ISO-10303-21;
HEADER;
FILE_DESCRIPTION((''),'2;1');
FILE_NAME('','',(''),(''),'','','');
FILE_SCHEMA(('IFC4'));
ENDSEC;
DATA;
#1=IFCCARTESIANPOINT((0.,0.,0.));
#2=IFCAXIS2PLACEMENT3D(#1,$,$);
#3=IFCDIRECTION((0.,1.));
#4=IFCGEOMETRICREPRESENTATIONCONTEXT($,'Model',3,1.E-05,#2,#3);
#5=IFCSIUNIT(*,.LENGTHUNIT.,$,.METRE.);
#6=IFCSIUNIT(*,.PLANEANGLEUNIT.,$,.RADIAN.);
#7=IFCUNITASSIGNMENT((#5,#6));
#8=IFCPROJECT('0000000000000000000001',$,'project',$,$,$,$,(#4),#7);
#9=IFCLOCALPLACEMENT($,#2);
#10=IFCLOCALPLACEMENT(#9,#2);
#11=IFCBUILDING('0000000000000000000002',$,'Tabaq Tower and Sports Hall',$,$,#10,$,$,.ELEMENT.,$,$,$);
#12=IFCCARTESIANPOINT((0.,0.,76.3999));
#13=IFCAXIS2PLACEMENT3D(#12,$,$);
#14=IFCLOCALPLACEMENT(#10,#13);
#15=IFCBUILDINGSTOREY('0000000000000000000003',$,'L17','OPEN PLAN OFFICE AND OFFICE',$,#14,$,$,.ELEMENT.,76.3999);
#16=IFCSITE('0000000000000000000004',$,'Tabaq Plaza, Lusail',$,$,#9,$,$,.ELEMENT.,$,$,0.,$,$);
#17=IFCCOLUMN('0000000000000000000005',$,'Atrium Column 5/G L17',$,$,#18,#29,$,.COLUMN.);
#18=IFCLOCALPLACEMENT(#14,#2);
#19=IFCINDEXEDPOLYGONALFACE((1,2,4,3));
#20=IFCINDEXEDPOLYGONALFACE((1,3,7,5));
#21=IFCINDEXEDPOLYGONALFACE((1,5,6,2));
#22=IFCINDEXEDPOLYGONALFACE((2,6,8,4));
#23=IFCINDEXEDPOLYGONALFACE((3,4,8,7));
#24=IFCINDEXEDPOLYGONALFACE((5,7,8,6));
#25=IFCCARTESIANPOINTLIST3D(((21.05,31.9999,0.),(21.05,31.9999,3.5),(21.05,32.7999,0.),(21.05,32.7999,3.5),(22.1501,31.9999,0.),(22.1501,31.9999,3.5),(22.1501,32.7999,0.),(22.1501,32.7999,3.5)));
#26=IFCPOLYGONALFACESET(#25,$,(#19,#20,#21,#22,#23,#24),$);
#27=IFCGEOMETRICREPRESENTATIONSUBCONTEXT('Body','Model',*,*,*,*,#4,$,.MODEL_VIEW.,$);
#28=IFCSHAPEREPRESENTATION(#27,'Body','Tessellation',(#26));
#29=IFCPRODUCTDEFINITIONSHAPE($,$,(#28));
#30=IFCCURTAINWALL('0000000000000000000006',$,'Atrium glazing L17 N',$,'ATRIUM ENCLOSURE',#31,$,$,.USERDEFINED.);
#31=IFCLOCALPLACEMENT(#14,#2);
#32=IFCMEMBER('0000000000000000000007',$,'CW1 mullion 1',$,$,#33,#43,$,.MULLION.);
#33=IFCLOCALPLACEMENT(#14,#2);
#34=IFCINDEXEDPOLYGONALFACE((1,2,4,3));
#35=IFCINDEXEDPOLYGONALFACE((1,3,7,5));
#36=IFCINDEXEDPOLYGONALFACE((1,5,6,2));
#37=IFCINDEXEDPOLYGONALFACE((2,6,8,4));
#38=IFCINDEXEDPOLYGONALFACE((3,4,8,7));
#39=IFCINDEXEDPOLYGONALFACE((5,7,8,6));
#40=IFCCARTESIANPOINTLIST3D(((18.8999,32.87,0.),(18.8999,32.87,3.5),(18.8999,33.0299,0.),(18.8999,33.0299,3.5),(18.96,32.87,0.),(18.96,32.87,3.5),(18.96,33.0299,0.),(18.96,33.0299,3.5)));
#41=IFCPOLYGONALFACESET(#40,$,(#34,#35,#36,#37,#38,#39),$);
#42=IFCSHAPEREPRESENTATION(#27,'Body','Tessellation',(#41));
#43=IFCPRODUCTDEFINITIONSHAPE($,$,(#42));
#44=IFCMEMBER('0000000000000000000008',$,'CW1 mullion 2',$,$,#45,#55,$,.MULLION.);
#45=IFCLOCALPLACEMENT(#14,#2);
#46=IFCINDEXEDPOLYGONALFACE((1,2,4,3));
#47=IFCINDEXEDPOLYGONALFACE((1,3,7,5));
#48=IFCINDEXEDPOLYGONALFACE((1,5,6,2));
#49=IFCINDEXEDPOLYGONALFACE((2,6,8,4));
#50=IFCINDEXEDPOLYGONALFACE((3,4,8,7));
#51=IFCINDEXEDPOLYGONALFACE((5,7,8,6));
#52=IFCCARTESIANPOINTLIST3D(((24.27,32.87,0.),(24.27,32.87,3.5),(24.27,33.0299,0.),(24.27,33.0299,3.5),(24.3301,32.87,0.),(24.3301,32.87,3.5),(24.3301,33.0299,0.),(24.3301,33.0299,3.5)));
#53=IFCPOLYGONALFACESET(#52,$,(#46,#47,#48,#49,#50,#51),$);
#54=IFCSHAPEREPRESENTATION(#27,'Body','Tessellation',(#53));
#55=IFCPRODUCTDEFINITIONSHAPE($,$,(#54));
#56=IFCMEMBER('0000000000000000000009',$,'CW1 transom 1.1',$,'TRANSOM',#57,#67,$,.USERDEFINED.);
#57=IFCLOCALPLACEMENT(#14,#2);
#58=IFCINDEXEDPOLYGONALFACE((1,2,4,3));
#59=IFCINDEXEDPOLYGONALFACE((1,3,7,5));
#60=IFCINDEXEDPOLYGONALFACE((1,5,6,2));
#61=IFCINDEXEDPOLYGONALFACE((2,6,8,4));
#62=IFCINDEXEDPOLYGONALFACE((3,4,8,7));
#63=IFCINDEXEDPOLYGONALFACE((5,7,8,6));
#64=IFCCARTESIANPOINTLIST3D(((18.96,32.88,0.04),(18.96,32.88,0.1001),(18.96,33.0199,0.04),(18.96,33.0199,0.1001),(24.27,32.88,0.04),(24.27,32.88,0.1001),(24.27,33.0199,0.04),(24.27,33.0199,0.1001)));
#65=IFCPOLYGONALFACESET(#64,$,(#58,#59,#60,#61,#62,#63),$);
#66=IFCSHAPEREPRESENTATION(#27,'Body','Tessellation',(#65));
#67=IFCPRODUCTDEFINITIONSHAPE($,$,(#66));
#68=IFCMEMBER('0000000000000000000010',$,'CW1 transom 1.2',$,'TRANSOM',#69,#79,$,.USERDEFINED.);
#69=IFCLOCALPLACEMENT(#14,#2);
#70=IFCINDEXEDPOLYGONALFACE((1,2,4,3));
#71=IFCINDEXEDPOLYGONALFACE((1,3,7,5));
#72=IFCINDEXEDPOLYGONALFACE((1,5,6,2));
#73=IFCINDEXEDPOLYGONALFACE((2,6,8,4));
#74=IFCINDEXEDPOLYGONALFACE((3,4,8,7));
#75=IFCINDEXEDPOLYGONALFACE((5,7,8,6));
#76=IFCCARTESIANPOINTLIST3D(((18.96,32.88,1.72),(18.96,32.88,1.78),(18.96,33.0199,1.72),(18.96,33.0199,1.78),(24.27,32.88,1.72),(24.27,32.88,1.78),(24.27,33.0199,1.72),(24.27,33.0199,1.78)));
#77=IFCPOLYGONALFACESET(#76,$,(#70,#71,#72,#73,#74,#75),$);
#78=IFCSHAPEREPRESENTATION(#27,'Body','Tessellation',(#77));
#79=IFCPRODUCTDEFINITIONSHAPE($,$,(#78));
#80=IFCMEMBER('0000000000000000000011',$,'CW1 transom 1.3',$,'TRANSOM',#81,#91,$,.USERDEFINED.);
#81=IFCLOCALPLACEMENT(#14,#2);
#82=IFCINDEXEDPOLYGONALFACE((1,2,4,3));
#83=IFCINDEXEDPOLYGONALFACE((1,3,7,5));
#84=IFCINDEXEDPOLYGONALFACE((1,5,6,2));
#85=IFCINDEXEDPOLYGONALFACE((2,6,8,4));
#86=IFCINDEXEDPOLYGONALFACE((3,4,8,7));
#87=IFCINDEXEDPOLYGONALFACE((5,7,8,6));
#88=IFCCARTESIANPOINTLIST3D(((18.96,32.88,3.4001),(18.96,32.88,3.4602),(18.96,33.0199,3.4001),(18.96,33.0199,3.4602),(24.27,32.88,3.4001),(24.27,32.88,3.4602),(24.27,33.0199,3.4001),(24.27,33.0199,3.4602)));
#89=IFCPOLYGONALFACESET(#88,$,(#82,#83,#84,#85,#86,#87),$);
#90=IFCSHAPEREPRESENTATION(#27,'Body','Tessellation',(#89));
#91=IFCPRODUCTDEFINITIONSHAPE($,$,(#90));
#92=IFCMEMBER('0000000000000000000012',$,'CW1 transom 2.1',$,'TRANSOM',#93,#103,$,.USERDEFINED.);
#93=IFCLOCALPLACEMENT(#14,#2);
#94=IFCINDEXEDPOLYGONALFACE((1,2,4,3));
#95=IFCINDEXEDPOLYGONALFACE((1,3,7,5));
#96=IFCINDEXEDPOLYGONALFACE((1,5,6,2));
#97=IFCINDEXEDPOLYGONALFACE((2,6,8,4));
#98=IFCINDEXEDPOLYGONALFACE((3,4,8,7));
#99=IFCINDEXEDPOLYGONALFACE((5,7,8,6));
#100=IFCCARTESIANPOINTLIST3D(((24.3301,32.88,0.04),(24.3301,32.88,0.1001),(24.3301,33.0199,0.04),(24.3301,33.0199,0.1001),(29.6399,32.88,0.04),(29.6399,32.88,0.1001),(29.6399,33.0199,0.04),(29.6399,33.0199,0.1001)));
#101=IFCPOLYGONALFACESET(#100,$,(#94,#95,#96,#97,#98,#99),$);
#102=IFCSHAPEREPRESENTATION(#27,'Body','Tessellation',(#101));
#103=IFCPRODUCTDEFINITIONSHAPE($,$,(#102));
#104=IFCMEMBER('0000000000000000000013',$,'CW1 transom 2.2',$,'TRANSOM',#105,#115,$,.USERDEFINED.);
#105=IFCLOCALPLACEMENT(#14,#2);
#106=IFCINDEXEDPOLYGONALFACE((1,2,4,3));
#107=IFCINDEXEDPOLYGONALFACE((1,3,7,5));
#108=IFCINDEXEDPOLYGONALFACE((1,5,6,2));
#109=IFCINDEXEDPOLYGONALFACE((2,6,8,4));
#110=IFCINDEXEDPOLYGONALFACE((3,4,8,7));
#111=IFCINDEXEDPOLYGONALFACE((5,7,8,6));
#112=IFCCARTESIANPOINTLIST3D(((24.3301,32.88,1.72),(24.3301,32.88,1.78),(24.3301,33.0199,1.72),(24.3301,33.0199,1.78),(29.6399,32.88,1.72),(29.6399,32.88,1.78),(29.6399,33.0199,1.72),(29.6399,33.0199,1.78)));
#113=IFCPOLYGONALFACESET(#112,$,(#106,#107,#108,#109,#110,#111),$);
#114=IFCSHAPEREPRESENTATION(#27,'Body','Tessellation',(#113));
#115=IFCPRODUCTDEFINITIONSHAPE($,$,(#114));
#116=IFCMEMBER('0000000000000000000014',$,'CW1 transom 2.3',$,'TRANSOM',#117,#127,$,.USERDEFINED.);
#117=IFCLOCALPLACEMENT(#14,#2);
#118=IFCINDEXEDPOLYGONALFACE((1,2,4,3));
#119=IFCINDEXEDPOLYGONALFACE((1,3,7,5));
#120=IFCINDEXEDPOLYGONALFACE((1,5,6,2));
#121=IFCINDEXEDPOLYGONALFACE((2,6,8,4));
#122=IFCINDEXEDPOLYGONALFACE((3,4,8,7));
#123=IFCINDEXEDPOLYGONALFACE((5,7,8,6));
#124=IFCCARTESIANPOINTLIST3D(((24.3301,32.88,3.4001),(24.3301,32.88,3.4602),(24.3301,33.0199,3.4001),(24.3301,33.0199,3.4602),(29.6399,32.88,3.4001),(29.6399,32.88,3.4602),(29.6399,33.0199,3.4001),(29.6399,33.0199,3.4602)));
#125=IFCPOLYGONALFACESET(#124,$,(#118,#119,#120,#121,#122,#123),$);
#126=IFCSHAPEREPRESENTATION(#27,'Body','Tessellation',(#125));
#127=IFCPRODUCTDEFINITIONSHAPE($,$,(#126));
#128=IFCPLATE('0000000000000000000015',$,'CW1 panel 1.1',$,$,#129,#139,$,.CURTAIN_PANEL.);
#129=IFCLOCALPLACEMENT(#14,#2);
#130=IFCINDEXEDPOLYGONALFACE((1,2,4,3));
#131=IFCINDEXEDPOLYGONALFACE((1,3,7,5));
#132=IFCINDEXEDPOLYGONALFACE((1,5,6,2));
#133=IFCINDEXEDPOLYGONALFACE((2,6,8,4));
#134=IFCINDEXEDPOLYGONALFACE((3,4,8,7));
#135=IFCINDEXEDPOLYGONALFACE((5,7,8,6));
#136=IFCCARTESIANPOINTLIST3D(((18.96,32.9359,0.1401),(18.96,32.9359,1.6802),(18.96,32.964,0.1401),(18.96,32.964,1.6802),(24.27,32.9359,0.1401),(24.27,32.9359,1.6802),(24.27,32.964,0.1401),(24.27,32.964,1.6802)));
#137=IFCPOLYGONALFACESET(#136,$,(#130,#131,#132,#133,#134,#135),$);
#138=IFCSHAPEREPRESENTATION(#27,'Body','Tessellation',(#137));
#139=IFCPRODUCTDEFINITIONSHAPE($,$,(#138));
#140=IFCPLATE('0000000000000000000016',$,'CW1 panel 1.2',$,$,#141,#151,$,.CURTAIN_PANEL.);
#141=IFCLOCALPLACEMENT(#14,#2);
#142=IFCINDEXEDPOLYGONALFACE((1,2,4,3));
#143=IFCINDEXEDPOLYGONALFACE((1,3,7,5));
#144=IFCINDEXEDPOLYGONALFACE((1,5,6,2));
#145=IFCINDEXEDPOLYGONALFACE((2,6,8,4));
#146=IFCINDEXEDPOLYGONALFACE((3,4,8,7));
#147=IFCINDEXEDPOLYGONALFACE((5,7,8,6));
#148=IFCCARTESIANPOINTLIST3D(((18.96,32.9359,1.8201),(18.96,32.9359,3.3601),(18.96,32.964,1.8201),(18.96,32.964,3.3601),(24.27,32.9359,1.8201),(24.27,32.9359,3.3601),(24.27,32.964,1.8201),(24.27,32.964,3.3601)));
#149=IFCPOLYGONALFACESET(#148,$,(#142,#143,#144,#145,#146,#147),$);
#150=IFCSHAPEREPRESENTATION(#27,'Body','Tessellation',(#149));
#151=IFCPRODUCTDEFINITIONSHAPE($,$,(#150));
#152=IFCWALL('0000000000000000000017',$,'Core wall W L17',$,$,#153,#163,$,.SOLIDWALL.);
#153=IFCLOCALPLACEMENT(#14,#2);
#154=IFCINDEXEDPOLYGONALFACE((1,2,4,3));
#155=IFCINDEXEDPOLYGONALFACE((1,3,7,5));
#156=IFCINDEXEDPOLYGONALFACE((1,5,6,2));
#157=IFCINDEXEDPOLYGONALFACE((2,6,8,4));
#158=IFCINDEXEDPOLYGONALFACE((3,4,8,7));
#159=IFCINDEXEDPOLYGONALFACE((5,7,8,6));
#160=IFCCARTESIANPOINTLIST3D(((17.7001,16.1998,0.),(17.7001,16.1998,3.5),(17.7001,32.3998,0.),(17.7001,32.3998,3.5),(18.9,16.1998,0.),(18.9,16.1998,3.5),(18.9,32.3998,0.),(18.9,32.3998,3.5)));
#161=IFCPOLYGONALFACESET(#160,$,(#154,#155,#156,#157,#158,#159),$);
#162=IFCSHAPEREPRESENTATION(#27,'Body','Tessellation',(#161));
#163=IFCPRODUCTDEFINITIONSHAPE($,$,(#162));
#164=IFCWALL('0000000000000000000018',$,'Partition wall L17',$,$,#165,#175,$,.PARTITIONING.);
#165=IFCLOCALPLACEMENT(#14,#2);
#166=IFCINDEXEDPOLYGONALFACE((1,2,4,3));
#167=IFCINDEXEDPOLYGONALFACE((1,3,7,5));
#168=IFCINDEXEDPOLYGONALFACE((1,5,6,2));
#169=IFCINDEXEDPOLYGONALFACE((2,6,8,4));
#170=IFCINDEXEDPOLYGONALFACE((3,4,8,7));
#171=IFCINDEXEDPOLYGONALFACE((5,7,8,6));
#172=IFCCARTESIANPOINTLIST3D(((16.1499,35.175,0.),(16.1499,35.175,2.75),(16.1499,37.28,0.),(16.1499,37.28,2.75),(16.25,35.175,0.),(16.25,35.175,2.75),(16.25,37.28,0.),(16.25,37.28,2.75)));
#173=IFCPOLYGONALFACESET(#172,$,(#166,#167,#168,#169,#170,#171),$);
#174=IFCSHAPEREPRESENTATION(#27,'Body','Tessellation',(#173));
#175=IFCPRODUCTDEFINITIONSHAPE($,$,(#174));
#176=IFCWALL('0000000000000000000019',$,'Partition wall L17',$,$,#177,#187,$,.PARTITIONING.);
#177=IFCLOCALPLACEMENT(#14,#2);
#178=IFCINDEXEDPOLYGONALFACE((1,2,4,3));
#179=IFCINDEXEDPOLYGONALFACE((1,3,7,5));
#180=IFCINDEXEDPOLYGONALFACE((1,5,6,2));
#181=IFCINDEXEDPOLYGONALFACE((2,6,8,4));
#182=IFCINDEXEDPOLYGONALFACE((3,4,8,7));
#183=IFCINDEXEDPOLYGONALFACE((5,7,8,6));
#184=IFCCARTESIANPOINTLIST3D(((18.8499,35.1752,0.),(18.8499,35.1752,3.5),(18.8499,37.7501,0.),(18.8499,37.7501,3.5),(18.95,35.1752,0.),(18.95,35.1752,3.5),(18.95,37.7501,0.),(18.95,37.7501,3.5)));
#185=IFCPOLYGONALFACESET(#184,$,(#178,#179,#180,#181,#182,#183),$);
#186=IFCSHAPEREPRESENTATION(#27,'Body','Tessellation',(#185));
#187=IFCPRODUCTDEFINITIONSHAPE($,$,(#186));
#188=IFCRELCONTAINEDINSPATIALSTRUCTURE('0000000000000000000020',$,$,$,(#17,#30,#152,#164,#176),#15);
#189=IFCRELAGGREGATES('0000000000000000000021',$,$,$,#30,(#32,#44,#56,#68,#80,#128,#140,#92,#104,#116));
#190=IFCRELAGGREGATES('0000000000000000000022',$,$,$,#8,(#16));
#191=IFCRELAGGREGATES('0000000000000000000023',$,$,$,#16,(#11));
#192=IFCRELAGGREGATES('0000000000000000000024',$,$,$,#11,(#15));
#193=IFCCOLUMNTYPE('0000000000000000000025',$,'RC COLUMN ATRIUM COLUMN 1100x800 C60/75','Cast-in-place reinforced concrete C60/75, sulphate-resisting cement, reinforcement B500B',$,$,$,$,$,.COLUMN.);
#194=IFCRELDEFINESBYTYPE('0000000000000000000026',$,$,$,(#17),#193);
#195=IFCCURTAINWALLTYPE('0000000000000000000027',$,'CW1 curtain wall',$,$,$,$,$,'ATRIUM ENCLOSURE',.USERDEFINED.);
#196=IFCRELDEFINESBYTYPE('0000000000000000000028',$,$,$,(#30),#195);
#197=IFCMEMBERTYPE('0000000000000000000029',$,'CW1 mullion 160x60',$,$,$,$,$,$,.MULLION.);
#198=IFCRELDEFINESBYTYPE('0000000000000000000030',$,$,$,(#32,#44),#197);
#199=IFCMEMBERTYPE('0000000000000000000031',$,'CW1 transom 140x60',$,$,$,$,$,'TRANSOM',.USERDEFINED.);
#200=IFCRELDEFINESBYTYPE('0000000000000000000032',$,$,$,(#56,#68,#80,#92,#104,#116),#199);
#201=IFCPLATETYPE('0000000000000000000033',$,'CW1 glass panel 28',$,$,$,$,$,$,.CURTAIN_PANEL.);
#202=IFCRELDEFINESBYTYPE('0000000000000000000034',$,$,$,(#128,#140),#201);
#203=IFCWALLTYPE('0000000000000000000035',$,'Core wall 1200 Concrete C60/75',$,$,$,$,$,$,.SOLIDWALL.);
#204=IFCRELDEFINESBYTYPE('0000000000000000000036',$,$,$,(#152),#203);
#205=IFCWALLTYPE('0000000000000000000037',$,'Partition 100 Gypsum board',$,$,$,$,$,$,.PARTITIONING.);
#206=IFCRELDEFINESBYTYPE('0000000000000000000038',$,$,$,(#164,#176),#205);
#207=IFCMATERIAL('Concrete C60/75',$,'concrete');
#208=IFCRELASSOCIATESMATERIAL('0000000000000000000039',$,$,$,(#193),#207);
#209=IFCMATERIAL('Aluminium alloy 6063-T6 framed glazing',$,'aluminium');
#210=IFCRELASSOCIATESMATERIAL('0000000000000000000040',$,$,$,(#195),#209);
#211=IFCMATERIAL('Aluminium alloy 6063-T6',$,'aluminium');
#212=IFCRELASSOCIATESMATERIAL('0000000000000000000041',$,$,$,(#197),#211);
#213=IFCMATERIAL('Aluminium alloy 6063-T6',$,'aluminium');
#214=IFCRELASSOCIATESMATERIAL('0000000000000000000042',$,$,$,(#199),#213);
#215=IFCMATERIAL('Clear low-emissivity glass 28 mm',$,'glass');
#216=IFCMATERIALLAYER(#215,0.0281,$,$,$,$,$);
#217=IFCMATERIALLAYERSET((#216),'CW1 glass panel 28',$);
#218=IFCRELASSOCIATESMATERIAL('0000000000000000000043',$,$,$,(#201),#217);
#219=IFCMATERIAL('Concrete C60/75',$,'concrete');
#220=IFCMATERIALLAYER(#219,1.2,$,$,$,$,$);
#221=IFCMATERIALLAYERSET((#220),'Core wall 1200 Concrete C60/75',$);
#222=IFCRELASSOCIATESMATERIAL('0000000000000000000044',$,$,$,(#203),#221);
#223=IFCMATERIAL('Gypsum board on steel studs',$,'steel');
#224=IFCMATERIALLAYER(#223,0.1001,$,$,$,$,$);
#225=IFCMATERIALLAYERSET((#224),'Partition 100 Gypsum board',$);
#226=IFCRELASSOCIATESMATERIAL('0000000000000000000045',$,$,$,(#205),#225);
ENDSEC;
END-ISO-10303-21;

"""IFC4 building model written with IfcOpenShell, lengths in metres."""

from ifc_helpers import new_model, si_unit, direction, frame, frame_2d, origin, origin_2d, place, context, subcontext, project, spatial, rectangle, extrude, material, layer, layer_set, material_profile, profile_set, type_object, element, aggregate, save


model = new_model("IFC4")

# Units and contexts
model_context = context("Model", 3, precision=1e-05, world=origin(), true_north=direction((0.0, 1.0)))
body_context = subcontext(model_context, "Body", "Model", "MODEL_VIEW")
ifc_project = project(units=[si_unit("LENGTHUNIT", "METRE"), si_unit("PLANEANGLEUNIT", "RADIAN")], contexts=[model_context])

# Site, building, storey
site_placement = place(None, origin())
site = spatial("IfcSite", under=ifc_project, at=site_placement, Name="Tabaq Plaza, Lusail", CompositionType="ELEMENT", RefElevation=0.0)
building_placement = place(site_placement, origin())
building = spatial("IfcBuilding", under=site, at=building_placement, Name="Tabaq Tower and Sports Hall", CompositionType="ELEMENT")
storey_placement = place(building_placement, frame((0.0, 0.0, 76.3999)))
storey = spatial("IfcBuildingStorey", under=building, at=storey_placement, Name="L17", Description="OPEN PLAN OFFICE AND OFFICE", CompositionType="ELEMENT", Elevation=76.3999)

# Column
ifc_material_1 = material(Name="Concrete C60/75", Category="concrete")
ifc_material_profile_1 = material_profile(ifc_material_1, rectangle(XDim=1.1001, YDim=0.8, at=origin_2d()), Name="ATRIUM COLUMN 1100x800")
ifc_profile_set_1 = profile_set([ifc_material_profile_1], Name="Concrete C60/75")
column_type = type_object("IfcColumnType", Name="RC COLUMN ATRIUM COLUMN 1100x800 C60/75", Description="Cast-in-place reinforced concrete C60/75, sulphate-resisting cement, reinforcement B500B", PredefinedType="COLUMN", material=ifc_profile_set_1)
column_placement = place(storey_placement, frame((21.6001, 32.3999, 0.0), z_axis=(0.0, 0.0, 1.0), x_axis=(1.0, 0.0, 0.0)))
element("IfcColumn", 1, at=column_placement, inside=storey, type_object=column_type, Name="Atrium Column 5/G L17", PredefinedType="COLUMN", context=body_context, shape_type="SweptSolid", body=[
    extrude(rectangle(XDim=1.1001, YDim=0.8, at=origin_2d()), origin(), (0.0, 0.0, 1.0), 3.5),
])

# Curtain wall, members, plates
ifc_material_2 = material(Name="Aluminium alloy 6063-T6 framed glazing", Category="aluminium")
curtain_wall_type = type_object("IfcCurtainWallType", Name="CW1 curtain wall", ElementType="ATRIUM ENCLOSURE", PredefinedType="USERDEFINED", material=ifc_material_2)
curtain_wall_placement = place(storey_placement, origin())
curtain_wall = element("IfcCurtainWall", 2, at=curtain_wall_placement, inside=storey, type_object=curtain_wall_type, Name="Atrium glazing L17 N", ObjectType="ATRIUM ENCLOSURE", PredefinedType="USERDEFINED")
ifc_material_3 = material(Name="Aluminium alloy 6063-T6", Category="aluminium")
ifc_material_profile_2 = material_profile(ifc_material_3, rectangle(XDim=0.1599, YDim=0.0601, at=origin_2d()), Name="MULLION 160x60")
ifc_profile_set_2 = profile_set([ifc_material_profile_2], Name="Aluminium alloy 6063-T6")
member_type_1 = type_object("IfcMemberType", Name="CW1 mullion 160x60", PredefinedType="MULLION", material=ifc_profile_set_2)
member_1_placement = place(storey_placement, frame((18.9299, 32.95, 0.0), z_axis=(0.0, 0.0, 1.0), x_axis=(0.0, 1.0, 0.0)))
member_1 = element("IfcMember", 3, at=member_1_placement, type_object=member_type_1, Name="CW1 mullion 1", PredefinedType="MULLION", context=body_context, shape_type="SweptSolid", body=[
    extrude(rectangle(XDim=0.1599, YDim=0.0601, at=origin_2d()), origin(), (0.0, 0.0, 1.0), 3.5),
])
member_2_placement = place(storey_placement, frame((24.3, 32.95, 0.0), z_axis=(0.0, 0.0, 1.0), x_axis=(0.0, 1.0, 0.0)))
member_2 = element("IfcMember", 4, at=member_2_placement, type_object=member_type_1, Name="CW1 mullion 2", PredefinedType="MULLION", context=body_context, shape_type="SweptSolid", body=[
    extrude(rectangle(XDim=0.1599, YDim=0.0601, at=origin_2d()), origin(), (0.0, 0.0, 1.0), 3.5),
])
ifc_material_4 = material(Name="Aluminium alloy 6063-T6", Category="aluminium")
ifc_material_profile_3 = material_profile(ifc_material_4, rectangle(XDim=0.1399, YDim=0.0601, at=origin_2d()), Name="TRANSOM 140x60")
ifc_profile_set_3 = profile_set([ifc_material_profile_3], Name="Aluminium alloy 6063-T6")
member_type_2 = type_object("IfcMemberType", Name="CW1 transom 140x60", ElementType="TRANSOM", PredefinedType="USERDEFINED", material=ifc_profile_set_3)
member_3_placement = place(storey_placement, frame((18.96, 32.95, 0.0701), z_axis=(1.0, 0.0, 0.0), x_axis=(0.0, 1.0, 0.0)))
member_3 = element("IfcMember", 5, at=member_3_placement, type_object=member_type_2, Name="CW1 transom 1.1", ObjectType="TRANSOM", PredefinedType="USERDEFINED", context=body_context, shape_type="SweptSolid", body=[
    extrude(rectangle(XDim=0.1399, YDim=0.0601, at=origin_2d()), origin(), (0.0, 0.0, 1.0), 5.3101),
])
member_4_placement = place(storey_placement, frame((18.96, 32.95, 1.75), z_axis=(1.0, 0.0, 0.0), x_axis=(0.0, 1.0, 0.0)))
member_4 = element("IfcMember", 6, at=member_4_placement, type_object=member_type_2, Name="CW1 transom 1.2", ObjectType="TRANSOM", PredefinedType="USERDEFINED", context=body_context, shape_type="SweptSolid", body=[
    extrude(rectangle(XDim=0.1399, YDim=0.0601, at=origin_2d()), origin(), (0.0, 0.0, 1.0), 5.3101),
])
member_5_placement = place(storey_placement, frame((18.96, 32.95, 3.4302), z_axis=(1.0, 0.0, 0.0), x_axis=(0.0, 1.0, 0.0)))
member_5 = element("IfcMember", 7, at=member_5_placement, type_object=member_type_2, Name="CW1 transom 1.3", ObjectType="TRANSOM", PredefinedType="USERDEFINED", context=body_context, shape_type="SweptSolid", body=[
    extrude(rectangle(XDim=0.1399, YDim=0.0601, at=origin_2d()), origin(), (0.0, 0.0, 1.0), 5.3101),
])
member_6_placement = place(storey_placement, frame((24.3301, 32.95, 0.0701), z_axis=(1.0, 0.0, 0.0), x_axis=(0.0, 1.0, 0.0)))
member_6 = element("IfcMember", 8, at=member_6_placement, type_object=member_type_2, Name="CW1 transom 2.1", ObjectType="TRANSOM", PredefinedType="USERDEFINED", context=body_context, shape_type="SweptSolid", body=[
    extrude(rectangle(XDim=0.1399, YDim=0.0601, at=origin_2d()), origin(), (0.0, 0.0, 1.0), 5.3098),
])
member_7_placement = place(storey_placement, frame((24.3301, 32.95, 1.75), z_axis=(1.0, 0.0, 0.0), x_axis=(0.0, 1.0, 0.0)))
member_7 = element("IfcMember", 9, at=member_7_placement, type_object=member_type_2, Name="CW1 transom 2.2", ObjectType="TRANSOM", PredefinedType="USERDEFINED", context=body_context, shape_type="SweptSolid", body=[
    extrude(rectangle(XDim=0.1399, YDim=0.0601, at=origin_2d()), origin(), (0.0, 0.0, 1.0), 5.3098),
])
member_8_placement = place(storey_placement, frame((24.3301, 32.95, 3.4302), z_axis=(1.0, 0.0, 0.0), x_axis=(0.0, 1.0, 0.0)))
member_8 = element("IfcMember", 10, at=member_8_placement, type_object=member_type_2, Name="CW1 transom 2.3", ObjectType="TRANSOM", PredefinedType="USERDEFINED", context=body_context, shape_type="SweptSolid", body=[
    extrude(rectangle(XDim=0.1399, YDim=0.0601, at=origin_2d()), origin(), (0.0, 0.0, 1.0), 5.3098),
])
ifc_material_5 = material(Name="Clear low-emissivity glass 28 mm", Category="glass")
ifc_layer_1 = layer(ifc_material_5, 0.0281)
ifc_layer_set_1 = layer_set([ifc_layer_1], Name="CW1 glass panel 28")
plate_type = type_object("IfcPlateType", Name="CW1 glass panel 28", PredefinedType="CURTAIN_PANEL", material=ifc_layer_set_1)
plate_1_placement = place(storey_placement, frame((21.615, 32.95, 0.1401), z_axis=(0.0, 0.0, 1.0), x_axis=(1.0, 0.0, 0.0)))
plate_1 = element("IfcPlate", 11, at=plate_1_placement, type_object=plate_type, Name="CW1 panel 1.1", PredefinedType="CURTAIN_PANEL", context=body_context, shape_type="SweptSolid", body=[
    extrude(rectangle(XDim=5.3101, YDim=0.0281, at=origin_2d()), origin(), (0.0, 0.0, 1.0), 1.54),
])
plate_2_placement = place(storey_placement, frame((21.615, 32.95, 1.8201), z_axis=(0.0, 0.0, 1.0), x_axis=(1.0, 0.0, 0.0)))
plate_2 = element("IfcPlate", 12, at=plate_2_placement, type_object=plate_type, Name="CW1 panel 1.2", PredefinedType="CURTAIN_PANEL", context=body_context, shape_type="SweptSolid", body=[
    extrude(rectangle(XDim=5.3101, YDim=0.0281, at=origin_2d()), origin(), (0.0, 0.0, 1.0), 1.54),
])
aggregate(curtain_wall, [member_1, member_2, member_3, member_4, member_5, plate_1, plate_2, member_6, member_7, member_8])

# Walls
ifc_material_6 = material(Name="Concrete C60/75", Category="concrete")
ifc_layer_2 = layer(ifc_material_6, 1.2)
ifc_layer_set_2 = layer_set([ifc_layer_2], Name="Core wall 1200 Concrete C60/75")
wall_type_1 = type_object("IfcWallType", Name="Core wall 1200 Concrete C60/75", PredefinedType="SOLIDWALL", material=ifc_layer_set_2)
wall_1_placement = place(storey_placement, frame((18.3, 32.3999, 0.0), z_axis=(0.0, 0.0, 1.0), x_axis=(0.0, -1.0, 0.0)))
element("IfcWall", 13, at=wall_1_placement, inside=storey, type_object=wall_type_1, Name="Core wall W L17", PredefinedType="SOLIDWALL", context=body_context, shape_type="SweptSolid", body=[
    extrude(rectangle(XDim=16.2, YDim=1.2, at=frame_2d((8.1001, 0.0))), origin(), (0.0, 0.0, 1.0), 3.5),
])
ifc_material_7 = material(Name="Gypsum board on steel studs", Category="steel")
ifc_layer_3 = layer(ifc_material_7, 0.1001)
ifc_layer_set_3 = layer_set([ifc_layer_3], Name="Partition 100 Gypsum board")
wall_type_2 = type_object("IfcWallType", Name="Partition 100 Gypsum board", PredefinedType="PARTITIONING", material=ifc_layer_set_3)
wall_2_placement = place(storey_placement, frame((16.2, 35.175, 0.0), z_axis=(0.0, 0.0, 1.0), x_axis=(0.0, 1.0, 0.0)))
element("IfcWall", 14, at=wall_2_placement, inside=storey, type_object=wall_type_2, Name="Partition wall L17", PredefinedType="PARTITIONING", context=body_context, shape_type="SweptSolid", body=[
    extrude(rectangle(XDim=2.105, YDim=0.1001, at=frame_2d((1.0525, 0.0))), origin(), (0.0, 0.0, 1.0), 2.75),
])
wall_3_placement = place(storey_placement, frame((18.8999, 35.175, 0.0), z_axis=(0.0, 0.0, 1.0), x_axis=(0.0, 1.0, 0.0)))
element("IfcWall", 15, at=wall_3_placement, inside=storey, type_object=wall_type_2, Name="Partition wall L17", PredefinedType="PARTITIONING", context=body_context, shape_type="SweptSolid", body=[
    extrude(rectangle(XDim=2.575, YDim=0.1001, at=frame_2d((1.2876, 0.0))), origin(), (0.0, 0.0, 1.0), 3.5),
])

save(model, "model.ifc")
